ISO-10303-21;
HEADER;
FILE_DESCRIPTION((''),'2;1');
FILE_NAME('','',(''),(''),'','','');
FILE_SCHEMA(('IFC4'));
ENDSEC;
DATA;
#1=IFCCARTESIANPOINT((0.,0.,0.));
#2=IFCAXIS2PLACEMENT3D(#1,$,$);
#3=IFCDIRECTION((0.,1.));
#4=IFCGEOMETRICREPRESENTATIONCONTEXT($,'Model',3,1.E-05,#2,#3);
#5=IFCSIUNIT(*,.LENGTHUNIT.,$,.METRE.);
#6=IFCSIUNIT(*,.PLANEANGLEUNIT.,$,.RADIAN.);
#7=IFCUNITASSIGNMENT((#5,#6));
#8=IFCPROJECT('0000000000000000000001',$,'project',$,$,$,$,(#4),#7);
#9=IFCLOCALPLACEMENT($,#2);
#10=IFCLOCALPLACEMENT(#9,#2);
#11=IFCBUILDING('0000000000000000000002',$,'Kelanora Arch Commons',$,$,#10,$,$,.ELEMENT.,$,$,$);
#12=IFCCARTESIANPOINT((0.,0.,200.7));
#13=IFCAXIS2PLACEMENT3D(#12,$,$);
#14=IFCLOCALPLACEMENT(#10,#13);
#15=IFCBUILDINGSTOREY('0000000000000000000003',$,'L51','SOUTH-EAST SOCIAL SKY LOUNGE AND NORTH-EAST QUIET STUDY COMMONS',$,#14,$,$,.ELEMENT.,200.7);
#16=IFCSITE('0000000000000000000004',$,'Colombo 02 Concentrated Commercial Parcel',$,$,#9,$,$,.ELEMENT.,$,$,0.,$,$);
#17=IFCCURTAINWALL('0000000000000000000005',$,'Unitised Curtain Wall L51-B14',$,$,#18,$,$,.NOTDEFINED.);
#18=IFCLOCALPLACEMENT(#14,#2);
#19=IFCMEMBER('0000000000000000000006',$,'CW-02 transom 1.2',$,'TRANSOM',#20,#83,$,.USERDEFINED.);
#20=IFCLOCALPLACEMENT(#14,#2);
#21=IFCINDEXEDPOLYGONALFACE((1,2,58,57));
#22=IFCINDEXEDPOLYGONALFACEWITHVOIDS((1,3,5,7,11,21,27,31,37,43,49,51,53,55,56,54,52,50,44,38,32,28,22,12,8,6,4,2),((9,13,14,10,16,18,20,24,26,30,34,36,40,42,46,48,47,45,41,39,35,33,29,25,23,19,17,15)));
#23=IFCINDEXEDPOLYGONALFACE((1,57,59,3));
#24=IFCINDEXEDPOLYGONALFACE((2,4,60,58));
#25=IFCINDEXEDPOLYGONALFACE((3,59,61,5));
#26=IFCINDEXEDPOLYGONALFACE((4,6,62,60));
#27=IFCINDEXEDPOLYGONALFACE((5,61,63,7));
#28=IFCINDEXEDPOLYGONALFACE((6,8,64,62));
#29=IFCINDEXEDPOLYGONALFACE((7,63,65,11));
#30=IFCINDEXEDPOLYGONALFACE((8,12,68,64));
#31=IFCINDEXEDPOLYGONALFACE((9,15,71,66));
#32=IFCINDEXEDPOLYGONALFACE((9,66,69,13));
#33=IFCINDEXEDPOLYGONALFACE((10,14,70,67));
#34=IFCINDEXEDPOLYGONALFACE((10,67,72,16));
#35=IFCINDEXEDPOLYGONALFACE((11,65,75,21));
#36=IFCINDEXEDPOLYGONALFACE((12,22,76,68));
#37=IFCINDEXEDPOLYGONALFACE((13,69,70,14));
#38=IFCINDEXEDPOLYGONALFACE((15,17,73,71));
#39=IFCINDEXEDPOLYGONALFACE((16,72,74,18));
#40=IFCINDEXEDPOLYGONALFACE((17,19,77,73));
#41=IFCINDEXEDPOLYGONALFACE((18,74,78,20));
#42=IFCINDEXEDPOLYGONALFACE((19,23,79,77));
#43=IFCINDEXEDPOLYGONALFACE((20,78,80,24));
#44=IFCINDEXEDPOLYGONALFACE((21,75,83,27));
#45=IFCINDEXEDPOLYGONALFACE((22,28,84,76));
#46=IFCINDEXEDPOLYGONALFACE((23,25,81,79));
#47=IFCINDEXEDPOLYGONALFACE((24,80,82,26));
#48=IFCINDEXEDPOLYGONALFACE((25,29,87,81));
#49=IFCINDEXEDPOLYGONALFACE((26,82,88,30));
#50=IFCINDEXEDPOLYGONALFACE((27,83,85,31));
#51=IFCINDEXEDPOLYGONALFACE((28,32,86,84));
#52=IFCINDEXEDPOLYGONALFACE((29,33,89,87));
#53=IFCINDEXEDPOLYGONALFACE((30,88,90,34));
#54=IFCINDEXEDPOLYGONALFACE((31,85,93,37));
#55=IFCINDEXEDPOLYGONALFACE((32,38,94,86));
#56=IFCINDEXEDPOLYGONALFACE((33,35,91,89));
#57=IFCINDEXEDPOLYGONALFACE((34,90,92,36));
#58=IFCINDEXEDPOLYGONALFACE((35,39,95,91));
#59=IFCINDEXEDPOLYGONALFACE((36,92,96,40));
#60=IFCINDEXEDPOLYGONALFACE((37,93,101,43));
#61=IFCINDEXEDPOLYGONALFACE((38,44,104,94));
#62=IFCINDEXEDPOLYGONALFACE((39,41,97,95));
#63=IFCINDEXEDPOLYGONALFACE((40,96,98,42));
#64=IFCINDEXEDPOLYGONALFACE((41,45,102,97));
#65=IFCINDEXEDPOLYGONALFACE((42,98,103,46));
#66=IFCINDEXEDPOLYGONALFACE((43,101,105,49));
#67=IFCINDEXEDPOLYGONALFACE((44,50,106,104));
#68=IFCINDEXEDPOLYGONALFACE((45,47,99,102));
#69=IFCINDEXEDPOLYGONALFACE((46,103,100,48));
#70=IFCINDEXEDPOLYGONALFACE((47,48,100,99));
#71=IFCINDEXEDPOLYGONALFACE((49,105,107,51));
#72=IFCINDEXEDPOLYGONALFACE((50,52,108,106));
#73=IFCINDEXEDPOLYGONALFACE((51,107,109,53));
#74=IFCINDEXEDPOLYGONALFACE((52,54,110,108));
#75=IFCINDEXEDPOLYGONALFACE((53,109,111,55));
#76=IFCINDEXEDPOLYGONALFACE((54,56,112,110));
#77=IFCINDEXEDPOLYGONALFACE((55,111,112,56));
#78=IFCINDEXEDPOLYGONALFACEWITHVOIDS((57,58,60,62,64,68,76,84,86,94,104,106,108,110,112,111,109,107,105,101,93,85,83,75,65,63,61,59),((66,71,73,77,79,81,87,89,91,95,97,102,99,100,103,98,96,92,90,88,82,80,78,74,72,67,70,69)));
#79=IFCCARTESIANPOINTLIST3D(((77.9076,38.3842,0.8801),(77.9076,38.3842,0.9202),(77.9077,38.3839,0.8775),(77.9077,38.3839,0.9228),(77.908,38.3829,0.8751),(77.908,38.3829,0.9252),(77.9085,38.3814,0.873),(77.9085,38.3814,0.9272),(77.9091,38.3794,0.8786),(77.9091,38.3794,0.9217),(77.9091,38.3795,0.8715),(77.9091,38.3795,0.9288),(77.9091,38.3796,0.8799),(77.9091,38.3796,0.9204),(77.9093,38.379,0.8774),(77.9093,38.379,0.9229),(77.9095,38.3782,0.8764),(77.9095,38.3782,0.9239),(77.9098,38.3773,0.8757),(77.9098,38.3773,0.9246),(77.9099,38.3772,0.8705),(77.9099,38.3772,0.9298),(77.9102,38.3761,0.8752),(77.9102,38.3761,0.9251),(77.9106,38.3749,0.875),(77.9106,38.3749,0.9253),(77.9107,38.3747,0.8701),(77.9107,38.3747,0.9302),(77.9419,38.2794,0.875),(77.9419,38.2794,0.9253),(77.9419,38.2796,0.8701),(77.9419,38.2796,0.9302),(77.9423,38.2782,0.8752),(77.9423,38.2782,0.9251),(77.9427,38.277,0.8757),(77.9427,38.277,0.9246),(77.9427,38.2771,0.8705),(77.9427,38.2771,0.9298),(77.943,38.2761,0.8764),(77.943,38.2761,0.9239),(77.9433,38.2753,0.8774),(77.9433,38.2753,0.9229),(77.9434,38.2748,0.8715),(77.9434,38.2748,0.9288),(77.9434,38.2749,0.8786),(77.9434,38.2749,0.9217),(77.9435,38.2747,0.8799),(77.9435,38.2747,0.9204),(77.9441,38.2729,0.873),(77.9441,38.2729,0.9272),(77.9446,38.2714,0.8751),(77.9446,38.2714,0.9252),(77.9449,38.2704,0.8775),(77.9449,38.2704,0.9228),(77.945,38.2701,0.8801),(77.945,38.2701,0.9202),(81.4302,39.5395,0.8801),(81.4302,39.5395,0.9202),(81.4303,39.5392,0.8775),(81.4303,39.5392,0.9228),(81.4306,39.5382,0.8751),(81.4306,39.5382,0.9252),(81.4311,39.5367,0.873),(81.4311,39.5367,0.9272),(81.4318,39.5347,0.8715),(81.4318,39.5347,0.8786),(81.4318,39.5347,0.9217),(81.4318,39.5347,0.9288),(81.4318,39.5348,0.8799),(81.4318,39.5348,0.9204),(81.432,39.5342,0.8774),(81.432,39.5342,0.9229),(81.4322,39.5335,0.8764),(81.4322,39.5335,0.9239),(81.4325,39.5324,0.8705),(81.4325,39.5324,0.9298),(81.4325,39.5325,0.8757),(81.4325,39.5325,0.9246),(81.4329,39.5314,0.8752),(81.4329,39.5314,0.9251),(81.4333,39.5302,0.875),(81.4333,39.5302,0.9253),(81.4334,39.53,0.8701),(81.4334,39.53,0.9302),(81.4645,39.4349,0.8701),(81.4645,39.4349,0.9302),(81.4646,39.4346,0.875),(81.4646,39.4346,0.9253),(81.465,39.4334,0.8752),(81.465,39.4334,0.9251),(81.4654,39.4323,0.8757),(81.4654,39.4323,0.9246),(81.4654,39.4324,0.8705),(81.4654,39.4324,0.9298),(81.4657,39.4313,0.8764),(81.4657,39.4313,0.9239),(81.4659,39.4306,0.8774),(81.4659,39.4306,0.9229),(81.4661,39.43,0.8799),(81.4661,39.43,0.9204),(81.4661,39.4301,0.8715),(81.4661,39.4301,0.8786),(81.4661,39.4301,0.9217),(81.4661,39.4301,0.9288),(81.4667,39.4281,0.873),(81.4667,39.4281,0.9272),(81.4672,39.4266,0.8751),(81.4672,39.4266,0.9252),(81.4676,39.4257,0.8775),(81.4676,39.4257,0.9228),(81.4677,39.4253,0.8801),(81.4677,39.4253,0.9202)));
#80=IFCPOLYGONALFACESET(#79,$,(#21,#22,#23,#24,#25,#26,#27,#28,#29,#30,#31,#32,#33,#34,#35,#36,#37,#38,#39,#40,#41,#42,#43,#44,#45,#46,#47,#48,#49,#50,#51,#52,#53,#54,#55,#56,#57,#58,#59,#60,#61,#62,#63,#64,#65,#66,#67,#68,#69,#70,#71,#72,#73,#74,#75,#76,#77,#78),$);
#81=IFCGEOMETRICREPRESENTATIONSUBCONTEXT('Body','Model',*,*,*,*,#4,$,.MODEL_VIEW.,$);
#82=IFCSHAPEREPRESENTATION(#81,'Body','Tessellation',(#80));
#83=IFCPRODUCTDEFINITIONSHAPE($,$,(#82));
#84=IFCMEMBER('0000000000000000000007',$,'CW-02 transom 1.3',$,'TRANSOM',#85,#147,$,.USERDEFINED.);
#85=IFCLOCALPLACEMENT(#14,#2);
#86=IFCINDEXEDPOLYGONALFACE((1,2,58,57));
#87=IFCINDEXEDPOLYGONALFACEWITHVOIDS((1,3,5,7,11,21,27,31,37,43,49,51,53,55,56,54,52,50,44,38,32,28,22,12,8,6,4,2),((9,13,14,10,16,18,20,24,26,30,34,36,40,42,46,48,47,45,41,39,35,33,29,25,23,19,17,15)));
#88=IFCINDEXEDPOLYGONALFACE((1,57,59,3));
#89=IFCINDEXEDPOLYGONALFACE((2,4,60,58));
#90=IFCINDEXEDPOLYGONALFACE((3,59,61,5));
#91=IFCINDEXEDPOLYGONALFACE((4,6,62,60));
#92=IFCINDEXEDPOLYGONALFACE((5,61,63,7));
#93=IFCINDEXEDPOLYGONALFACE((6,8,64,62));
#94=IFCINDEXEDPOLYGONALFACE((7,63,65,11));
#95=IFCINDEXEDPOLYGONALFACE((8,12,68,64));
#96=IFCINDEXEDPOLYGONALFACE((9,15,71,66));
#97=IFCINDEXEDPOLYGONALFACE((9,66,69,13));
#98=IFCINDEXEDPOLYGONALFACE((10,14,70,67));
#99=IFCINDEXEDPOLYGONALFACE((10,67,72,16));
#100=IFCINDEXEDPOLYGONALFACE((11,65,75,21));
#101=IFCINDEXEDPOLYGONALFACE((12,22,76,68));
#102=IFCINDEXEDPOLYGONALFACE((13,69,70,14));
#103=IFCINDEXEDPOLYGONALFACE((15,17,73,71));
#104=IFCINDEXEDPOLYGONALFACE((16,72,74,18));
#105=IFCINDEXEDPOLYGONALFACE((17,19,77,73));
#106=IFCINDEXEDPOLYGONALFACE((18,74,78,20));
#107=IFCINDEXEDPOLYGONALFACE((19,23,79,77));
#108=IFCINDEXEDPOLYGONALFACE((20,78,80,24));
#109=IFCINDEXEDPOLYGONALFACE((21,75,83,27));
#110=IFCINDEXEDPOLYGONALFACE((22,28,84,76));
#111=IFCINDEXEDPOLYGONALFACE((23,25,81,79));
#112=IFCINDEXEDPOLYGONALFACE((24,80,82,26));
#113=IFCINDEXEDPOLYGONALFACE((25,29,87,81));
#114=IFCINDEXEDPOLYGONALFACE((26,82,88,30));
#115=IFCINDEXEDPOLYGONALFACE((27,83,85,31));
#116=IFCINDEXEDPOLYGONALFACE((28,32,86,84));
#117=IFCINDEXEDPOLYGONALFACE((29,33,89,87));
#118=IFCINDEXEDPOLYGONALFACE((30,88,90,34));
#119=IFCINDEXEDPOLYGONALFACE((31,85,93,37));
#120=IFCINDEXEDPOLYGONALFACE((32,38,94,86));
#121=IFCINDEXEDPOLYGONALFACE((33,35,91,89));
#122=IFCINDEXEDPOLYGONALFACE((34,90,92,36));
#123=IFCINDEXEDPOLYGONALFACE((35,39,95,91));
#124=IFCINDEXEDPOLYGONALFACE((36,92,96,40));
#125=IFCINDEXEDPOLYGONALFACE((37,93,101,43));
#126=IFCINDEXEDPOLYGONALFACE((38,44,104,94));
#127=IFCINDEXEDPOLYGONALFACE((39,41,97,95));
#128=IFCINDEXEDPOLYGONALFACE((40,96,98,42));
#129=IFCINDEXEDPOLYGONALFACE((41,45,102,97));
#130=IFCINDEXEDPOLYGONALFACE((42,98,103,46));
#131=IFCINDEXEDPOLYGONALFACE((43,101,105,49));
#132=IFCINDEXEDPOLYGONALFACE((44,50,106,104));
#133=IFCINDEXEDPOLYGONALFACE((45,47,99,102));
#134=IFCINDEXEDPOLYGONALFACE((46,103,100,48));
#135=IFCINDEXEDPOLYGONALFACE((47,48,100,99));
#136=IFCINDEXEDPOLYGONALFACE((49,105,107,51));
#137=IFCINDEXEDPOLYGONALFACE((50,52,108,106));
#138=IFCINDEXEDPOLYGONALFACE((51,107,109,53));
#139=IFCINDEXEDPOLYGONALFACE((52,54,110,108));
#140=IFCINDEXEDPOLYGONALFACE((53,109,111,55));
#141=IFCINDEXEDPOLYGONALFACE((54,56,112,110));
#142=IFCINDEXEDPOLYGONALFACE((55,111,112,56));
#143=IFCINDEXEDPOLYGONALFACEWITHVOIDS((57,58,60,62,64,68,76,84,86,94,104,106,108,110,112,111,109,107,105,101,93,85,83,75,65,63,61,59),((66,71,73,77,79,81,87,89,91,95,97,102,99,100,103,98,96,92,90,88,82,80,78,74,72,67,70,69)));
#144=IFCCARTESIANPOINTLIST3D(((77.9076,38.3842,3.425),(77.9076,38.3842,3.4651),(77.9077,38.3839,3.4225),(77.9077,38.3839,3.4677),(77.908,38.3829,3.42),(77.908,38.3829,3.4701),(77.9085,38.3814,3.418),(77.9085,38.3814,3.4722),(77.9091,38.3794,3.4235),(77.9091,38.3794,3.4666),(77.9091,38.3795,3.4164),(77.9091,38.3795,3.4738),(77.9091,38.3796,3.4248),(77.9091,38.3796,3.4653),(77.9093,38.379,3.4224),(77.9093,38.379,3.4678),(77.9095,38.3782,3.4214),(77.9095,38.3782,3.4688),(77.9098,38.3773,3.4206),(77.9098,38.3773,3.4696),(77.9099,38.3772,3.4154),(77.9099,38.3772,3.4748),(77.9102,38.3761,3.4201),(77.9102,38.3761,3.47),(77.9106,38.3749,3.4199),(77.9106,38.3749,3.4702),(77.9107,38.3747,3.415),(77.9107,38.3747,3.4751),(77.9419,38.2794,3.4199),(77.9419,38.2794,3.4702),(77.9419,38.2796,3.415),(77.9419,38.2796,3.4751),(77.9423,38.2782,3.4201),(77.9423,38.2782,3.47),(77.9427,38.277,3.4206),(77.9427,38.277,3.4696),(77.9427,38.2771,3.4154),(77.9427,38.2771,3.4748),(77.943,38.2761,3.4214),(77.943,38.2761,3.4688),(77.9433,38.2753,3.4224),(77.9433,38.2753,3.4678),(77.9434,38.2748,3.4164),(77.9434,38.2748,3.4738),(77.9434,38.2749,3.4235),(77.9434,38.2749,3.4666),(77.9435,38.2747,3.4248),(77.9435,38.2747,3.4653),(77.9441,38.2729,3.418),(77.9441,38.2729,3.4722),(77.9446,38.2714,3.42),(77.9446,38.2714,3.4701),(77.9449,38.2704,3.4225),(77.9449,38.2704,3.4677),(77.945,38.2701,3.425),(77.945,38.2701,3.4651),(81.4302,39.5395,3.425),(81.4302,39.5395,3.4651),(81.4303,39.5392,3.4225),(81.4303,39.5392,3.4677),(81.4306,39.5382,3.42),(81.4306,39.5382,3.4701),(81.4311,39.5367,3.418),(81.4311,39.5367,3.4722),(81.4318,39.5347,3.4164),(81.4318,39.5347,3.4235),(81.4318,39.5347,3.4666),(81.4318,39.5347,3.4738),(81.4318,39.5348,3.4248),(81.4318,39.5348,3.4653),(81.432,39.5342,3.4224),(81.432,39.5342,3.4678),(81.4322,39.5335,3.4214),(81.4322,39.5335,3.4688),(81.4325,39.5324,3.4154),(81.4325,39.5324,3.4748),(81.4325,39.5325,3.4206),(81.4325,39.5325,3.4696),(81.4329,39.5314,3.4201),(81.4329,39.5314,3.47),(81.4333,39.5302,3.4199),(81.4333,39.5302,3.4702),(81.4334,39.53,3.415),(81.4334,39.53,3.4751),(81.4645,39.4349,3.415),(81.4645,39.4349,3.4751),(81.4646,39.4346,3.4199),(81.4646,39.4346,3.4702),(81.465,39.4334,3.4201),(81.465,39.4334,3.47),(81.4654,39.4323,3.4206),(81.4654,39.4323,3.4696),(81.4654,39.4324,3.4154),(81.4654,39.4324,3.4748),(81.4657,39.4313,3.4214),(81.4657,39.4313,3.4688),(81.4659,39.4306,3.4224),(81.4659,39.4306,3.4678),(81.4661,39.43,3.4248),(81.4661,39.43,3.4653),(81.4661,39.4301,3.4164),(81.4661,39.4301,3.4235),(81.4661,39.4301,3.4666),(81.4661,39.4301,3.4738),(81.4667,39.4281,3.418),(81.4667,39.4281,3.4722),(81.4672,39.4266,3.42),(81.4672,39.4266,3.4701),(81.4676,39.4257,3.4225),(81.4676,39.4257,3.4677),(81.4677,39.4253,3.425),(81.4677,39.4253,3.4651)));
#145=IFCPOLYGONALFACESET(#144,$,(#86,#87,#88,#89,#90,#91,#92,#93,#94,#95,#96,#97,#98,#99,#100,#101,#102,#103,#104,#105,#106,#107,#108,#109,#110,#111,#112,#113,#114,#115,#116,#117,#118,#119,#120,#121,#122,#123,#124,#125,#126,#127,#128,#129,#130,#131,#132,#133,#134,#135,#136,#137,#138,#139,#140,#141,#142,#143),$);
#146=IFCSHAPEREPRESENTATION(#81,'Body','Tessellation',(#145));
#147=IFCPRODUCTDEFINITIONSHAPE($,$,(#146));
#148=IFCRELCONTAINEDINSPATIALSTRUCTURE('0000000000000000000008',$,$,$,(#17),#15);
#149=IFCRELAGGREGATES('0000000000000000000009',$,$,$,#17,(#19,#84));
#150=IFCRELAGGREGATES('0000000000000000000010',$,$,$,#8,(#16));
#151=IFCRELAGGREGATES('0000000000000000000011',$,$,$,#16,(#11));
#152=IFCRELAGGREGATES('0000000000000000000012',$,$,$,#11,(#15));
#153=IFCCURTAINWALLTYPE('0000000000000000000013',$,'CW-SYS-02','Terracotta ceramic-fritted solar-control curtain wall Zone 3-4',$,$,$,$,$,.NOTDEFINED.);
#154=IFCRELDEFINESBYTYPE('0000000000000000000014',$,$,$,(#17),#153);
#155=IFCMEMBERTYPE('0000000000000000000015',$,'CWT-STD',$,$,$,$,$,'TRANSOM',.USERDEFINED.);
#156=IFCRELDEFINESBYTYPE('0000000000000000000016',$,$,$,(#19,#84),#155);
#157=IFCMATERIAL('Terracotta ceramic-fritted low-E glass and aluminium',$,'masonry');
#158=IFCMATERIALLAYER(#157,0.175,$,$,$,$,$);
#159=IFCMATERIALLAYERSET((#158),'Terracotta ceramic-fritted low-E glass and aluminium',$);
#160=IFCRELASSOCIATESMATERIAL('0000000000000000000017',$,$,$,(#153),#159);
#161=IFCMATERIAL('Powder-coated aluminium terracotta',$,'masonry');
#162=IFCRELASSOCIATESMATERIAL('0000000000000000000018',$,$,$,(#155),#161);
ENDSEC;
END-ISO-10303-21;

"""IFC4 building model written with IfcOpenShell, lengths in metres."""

from ifc_helpers import new_model, si_unit, direction, frame, origin, origin_2d, place, context, subcontext, project, spatial, hollow_rectangle, extrude, material, layer, layer_set, material_profile, profile_set, type_object, element, aggregate, save


model = new_model("IFC4")

# Units and contexts
model_context = context("Model", 3, precision=1e-05, world=origin(), true_north=direction((0.0, 1.0)))
body_context = subcontext(model_context, "Body", "Model", "MODEL_VIEW")
ifc_project = project(units=[si_unit("LENGTHUNIT", "METRE"), si_unit("PLANEANGLEUNIT", "RADIAN")], contexts=[model_context])

# Site, building, storey
site_placement = place(None, origin())
site = spatial("IfcSite", under=ifc_project, at=site_placement, Name="Colombo 02 Concentrated Commercial Parcel", CompositionType="ELEMENT", RefElevation=0.0)
building_placement = place(site_placement, origin())
building = spatial("IfcBuilding", under=site, at=building_placement, Name="Kelanora Arch Commons", CompositionType="ELEMENT")
storey_placement = place(building_placement, frame((0.0, 0.0, 200.7)))
storey = spatial("IfcBuildingStorey", under=building, at=storey_placement, Name="L51", Description="SOUTH-EAST SOCIAL SKY LOUNGE AND NORTH-EAST QUIET STUDY COMMONS", CompositionType="ELEMENT", Elevation=200.7)

# Curtain wall, members
ifc_material_1 = material(Name="Terracotta ceramic-fritted low-E glass and aluminium", Category="masonry")
ifc_layer_1 = layer(ifc_material_1, 0.175)
ifc_layer_set_1 = layer_set([ifc_layer_1], Name="Terracotta ceramic-fritted low-E glass and aluminium")
curtain_wall_type = type_object("IfcCurtainWallType", Name="CW-SYS-02", Description="Terracotta ceramic-fritted solar-control curtain wall Zone 3-4", PredefinedType="NOTDEFINED", material=ifc_layer_set_1)
curtain_wall_placement = place(storey_placement, origin())
curtain_wall = element("IfcCurtainWall", 1, at=curtain_wall_placement, inside=storey, type_object=curtain_wall_type, Name="Unitised Curtain Wall L51-B14", PredefinedType="NOTDEFINED")
ifc_material_2 = material(Name="Powder-coated aluminium terracotta", Category="masonry")
ifc_material_profile_1 = material_profile(ifc_material_2, hollow_rectangle(XDim=0.1201, YDim=0.0601, WallThickness=0.0049, InnerFilletRadius=0.0049, OuterFilletRadius=0.01, at=origin_2d()), Name="CWT120x60")
ifc_profile_set_1 = profile_set([ifc_material_profile_1], Name="Powder-coated aluminium terracotta")
member_type_1 = type_object("IfcMemberType", Name="CWT-STD", ElementType="TRANSOM", PredefinedType="USERDEFINED", material=ifc_profile_set_1)
member_1_placement = place(storey_placement, frame((77.9263, 38.3271, 0.9001), z_axis=(0.950207, 0.311621, 0.0), x_axis=(-0.311621, 0.950207, 0.0)))
member_1 = element("IfcMember", 2, at=member_1_placement, type_object=member_type_1, Name="CW-02 transom 1.2", ObjectType="TRANSOM", PredefinedType="USERDEFINED", context=body_context, shape_type="SweptSolid", body=[
    extrude(hollow_rectangle(XDim=0.1201, YDim=0.0601, WallThickness=0.0049, InnerFilletRadius=0.0049, OuterFilletRadius=0.01, at=origin_2d()), origin(), (0.0, 0.0, 1.0), 3.7073),
])
member_2_placement = place(storey_placement, frame((77.9263, 38.3271, 3.4451), z_axis=(0.950207, 0.311621, 0.0), x_axis=(-0.311621, 0.950207, 0.0)))
member_2 = element("IfcMember", 3, at=member_2_placement, type_object=member_type_1, Name="CW-02 transom 1.3", ObjectType="TRANSOM", PredefinedType="USERDEFINED", context=body_context, shape_type="SweptSolid", body=[
    extrude(hollow_rectangle(XDim=0.1201, YDim=0.0601, WallThickness=0.0049, InnerFilletRadius=0.0049, OuterFilletRadius=0.01, at=origin_2d()), origin(), (0.0, 0.0, 1.0), 3.7073),
])
aggregate(curtain_wall, [member_1, member_2])

save(model, "model.ifc")
